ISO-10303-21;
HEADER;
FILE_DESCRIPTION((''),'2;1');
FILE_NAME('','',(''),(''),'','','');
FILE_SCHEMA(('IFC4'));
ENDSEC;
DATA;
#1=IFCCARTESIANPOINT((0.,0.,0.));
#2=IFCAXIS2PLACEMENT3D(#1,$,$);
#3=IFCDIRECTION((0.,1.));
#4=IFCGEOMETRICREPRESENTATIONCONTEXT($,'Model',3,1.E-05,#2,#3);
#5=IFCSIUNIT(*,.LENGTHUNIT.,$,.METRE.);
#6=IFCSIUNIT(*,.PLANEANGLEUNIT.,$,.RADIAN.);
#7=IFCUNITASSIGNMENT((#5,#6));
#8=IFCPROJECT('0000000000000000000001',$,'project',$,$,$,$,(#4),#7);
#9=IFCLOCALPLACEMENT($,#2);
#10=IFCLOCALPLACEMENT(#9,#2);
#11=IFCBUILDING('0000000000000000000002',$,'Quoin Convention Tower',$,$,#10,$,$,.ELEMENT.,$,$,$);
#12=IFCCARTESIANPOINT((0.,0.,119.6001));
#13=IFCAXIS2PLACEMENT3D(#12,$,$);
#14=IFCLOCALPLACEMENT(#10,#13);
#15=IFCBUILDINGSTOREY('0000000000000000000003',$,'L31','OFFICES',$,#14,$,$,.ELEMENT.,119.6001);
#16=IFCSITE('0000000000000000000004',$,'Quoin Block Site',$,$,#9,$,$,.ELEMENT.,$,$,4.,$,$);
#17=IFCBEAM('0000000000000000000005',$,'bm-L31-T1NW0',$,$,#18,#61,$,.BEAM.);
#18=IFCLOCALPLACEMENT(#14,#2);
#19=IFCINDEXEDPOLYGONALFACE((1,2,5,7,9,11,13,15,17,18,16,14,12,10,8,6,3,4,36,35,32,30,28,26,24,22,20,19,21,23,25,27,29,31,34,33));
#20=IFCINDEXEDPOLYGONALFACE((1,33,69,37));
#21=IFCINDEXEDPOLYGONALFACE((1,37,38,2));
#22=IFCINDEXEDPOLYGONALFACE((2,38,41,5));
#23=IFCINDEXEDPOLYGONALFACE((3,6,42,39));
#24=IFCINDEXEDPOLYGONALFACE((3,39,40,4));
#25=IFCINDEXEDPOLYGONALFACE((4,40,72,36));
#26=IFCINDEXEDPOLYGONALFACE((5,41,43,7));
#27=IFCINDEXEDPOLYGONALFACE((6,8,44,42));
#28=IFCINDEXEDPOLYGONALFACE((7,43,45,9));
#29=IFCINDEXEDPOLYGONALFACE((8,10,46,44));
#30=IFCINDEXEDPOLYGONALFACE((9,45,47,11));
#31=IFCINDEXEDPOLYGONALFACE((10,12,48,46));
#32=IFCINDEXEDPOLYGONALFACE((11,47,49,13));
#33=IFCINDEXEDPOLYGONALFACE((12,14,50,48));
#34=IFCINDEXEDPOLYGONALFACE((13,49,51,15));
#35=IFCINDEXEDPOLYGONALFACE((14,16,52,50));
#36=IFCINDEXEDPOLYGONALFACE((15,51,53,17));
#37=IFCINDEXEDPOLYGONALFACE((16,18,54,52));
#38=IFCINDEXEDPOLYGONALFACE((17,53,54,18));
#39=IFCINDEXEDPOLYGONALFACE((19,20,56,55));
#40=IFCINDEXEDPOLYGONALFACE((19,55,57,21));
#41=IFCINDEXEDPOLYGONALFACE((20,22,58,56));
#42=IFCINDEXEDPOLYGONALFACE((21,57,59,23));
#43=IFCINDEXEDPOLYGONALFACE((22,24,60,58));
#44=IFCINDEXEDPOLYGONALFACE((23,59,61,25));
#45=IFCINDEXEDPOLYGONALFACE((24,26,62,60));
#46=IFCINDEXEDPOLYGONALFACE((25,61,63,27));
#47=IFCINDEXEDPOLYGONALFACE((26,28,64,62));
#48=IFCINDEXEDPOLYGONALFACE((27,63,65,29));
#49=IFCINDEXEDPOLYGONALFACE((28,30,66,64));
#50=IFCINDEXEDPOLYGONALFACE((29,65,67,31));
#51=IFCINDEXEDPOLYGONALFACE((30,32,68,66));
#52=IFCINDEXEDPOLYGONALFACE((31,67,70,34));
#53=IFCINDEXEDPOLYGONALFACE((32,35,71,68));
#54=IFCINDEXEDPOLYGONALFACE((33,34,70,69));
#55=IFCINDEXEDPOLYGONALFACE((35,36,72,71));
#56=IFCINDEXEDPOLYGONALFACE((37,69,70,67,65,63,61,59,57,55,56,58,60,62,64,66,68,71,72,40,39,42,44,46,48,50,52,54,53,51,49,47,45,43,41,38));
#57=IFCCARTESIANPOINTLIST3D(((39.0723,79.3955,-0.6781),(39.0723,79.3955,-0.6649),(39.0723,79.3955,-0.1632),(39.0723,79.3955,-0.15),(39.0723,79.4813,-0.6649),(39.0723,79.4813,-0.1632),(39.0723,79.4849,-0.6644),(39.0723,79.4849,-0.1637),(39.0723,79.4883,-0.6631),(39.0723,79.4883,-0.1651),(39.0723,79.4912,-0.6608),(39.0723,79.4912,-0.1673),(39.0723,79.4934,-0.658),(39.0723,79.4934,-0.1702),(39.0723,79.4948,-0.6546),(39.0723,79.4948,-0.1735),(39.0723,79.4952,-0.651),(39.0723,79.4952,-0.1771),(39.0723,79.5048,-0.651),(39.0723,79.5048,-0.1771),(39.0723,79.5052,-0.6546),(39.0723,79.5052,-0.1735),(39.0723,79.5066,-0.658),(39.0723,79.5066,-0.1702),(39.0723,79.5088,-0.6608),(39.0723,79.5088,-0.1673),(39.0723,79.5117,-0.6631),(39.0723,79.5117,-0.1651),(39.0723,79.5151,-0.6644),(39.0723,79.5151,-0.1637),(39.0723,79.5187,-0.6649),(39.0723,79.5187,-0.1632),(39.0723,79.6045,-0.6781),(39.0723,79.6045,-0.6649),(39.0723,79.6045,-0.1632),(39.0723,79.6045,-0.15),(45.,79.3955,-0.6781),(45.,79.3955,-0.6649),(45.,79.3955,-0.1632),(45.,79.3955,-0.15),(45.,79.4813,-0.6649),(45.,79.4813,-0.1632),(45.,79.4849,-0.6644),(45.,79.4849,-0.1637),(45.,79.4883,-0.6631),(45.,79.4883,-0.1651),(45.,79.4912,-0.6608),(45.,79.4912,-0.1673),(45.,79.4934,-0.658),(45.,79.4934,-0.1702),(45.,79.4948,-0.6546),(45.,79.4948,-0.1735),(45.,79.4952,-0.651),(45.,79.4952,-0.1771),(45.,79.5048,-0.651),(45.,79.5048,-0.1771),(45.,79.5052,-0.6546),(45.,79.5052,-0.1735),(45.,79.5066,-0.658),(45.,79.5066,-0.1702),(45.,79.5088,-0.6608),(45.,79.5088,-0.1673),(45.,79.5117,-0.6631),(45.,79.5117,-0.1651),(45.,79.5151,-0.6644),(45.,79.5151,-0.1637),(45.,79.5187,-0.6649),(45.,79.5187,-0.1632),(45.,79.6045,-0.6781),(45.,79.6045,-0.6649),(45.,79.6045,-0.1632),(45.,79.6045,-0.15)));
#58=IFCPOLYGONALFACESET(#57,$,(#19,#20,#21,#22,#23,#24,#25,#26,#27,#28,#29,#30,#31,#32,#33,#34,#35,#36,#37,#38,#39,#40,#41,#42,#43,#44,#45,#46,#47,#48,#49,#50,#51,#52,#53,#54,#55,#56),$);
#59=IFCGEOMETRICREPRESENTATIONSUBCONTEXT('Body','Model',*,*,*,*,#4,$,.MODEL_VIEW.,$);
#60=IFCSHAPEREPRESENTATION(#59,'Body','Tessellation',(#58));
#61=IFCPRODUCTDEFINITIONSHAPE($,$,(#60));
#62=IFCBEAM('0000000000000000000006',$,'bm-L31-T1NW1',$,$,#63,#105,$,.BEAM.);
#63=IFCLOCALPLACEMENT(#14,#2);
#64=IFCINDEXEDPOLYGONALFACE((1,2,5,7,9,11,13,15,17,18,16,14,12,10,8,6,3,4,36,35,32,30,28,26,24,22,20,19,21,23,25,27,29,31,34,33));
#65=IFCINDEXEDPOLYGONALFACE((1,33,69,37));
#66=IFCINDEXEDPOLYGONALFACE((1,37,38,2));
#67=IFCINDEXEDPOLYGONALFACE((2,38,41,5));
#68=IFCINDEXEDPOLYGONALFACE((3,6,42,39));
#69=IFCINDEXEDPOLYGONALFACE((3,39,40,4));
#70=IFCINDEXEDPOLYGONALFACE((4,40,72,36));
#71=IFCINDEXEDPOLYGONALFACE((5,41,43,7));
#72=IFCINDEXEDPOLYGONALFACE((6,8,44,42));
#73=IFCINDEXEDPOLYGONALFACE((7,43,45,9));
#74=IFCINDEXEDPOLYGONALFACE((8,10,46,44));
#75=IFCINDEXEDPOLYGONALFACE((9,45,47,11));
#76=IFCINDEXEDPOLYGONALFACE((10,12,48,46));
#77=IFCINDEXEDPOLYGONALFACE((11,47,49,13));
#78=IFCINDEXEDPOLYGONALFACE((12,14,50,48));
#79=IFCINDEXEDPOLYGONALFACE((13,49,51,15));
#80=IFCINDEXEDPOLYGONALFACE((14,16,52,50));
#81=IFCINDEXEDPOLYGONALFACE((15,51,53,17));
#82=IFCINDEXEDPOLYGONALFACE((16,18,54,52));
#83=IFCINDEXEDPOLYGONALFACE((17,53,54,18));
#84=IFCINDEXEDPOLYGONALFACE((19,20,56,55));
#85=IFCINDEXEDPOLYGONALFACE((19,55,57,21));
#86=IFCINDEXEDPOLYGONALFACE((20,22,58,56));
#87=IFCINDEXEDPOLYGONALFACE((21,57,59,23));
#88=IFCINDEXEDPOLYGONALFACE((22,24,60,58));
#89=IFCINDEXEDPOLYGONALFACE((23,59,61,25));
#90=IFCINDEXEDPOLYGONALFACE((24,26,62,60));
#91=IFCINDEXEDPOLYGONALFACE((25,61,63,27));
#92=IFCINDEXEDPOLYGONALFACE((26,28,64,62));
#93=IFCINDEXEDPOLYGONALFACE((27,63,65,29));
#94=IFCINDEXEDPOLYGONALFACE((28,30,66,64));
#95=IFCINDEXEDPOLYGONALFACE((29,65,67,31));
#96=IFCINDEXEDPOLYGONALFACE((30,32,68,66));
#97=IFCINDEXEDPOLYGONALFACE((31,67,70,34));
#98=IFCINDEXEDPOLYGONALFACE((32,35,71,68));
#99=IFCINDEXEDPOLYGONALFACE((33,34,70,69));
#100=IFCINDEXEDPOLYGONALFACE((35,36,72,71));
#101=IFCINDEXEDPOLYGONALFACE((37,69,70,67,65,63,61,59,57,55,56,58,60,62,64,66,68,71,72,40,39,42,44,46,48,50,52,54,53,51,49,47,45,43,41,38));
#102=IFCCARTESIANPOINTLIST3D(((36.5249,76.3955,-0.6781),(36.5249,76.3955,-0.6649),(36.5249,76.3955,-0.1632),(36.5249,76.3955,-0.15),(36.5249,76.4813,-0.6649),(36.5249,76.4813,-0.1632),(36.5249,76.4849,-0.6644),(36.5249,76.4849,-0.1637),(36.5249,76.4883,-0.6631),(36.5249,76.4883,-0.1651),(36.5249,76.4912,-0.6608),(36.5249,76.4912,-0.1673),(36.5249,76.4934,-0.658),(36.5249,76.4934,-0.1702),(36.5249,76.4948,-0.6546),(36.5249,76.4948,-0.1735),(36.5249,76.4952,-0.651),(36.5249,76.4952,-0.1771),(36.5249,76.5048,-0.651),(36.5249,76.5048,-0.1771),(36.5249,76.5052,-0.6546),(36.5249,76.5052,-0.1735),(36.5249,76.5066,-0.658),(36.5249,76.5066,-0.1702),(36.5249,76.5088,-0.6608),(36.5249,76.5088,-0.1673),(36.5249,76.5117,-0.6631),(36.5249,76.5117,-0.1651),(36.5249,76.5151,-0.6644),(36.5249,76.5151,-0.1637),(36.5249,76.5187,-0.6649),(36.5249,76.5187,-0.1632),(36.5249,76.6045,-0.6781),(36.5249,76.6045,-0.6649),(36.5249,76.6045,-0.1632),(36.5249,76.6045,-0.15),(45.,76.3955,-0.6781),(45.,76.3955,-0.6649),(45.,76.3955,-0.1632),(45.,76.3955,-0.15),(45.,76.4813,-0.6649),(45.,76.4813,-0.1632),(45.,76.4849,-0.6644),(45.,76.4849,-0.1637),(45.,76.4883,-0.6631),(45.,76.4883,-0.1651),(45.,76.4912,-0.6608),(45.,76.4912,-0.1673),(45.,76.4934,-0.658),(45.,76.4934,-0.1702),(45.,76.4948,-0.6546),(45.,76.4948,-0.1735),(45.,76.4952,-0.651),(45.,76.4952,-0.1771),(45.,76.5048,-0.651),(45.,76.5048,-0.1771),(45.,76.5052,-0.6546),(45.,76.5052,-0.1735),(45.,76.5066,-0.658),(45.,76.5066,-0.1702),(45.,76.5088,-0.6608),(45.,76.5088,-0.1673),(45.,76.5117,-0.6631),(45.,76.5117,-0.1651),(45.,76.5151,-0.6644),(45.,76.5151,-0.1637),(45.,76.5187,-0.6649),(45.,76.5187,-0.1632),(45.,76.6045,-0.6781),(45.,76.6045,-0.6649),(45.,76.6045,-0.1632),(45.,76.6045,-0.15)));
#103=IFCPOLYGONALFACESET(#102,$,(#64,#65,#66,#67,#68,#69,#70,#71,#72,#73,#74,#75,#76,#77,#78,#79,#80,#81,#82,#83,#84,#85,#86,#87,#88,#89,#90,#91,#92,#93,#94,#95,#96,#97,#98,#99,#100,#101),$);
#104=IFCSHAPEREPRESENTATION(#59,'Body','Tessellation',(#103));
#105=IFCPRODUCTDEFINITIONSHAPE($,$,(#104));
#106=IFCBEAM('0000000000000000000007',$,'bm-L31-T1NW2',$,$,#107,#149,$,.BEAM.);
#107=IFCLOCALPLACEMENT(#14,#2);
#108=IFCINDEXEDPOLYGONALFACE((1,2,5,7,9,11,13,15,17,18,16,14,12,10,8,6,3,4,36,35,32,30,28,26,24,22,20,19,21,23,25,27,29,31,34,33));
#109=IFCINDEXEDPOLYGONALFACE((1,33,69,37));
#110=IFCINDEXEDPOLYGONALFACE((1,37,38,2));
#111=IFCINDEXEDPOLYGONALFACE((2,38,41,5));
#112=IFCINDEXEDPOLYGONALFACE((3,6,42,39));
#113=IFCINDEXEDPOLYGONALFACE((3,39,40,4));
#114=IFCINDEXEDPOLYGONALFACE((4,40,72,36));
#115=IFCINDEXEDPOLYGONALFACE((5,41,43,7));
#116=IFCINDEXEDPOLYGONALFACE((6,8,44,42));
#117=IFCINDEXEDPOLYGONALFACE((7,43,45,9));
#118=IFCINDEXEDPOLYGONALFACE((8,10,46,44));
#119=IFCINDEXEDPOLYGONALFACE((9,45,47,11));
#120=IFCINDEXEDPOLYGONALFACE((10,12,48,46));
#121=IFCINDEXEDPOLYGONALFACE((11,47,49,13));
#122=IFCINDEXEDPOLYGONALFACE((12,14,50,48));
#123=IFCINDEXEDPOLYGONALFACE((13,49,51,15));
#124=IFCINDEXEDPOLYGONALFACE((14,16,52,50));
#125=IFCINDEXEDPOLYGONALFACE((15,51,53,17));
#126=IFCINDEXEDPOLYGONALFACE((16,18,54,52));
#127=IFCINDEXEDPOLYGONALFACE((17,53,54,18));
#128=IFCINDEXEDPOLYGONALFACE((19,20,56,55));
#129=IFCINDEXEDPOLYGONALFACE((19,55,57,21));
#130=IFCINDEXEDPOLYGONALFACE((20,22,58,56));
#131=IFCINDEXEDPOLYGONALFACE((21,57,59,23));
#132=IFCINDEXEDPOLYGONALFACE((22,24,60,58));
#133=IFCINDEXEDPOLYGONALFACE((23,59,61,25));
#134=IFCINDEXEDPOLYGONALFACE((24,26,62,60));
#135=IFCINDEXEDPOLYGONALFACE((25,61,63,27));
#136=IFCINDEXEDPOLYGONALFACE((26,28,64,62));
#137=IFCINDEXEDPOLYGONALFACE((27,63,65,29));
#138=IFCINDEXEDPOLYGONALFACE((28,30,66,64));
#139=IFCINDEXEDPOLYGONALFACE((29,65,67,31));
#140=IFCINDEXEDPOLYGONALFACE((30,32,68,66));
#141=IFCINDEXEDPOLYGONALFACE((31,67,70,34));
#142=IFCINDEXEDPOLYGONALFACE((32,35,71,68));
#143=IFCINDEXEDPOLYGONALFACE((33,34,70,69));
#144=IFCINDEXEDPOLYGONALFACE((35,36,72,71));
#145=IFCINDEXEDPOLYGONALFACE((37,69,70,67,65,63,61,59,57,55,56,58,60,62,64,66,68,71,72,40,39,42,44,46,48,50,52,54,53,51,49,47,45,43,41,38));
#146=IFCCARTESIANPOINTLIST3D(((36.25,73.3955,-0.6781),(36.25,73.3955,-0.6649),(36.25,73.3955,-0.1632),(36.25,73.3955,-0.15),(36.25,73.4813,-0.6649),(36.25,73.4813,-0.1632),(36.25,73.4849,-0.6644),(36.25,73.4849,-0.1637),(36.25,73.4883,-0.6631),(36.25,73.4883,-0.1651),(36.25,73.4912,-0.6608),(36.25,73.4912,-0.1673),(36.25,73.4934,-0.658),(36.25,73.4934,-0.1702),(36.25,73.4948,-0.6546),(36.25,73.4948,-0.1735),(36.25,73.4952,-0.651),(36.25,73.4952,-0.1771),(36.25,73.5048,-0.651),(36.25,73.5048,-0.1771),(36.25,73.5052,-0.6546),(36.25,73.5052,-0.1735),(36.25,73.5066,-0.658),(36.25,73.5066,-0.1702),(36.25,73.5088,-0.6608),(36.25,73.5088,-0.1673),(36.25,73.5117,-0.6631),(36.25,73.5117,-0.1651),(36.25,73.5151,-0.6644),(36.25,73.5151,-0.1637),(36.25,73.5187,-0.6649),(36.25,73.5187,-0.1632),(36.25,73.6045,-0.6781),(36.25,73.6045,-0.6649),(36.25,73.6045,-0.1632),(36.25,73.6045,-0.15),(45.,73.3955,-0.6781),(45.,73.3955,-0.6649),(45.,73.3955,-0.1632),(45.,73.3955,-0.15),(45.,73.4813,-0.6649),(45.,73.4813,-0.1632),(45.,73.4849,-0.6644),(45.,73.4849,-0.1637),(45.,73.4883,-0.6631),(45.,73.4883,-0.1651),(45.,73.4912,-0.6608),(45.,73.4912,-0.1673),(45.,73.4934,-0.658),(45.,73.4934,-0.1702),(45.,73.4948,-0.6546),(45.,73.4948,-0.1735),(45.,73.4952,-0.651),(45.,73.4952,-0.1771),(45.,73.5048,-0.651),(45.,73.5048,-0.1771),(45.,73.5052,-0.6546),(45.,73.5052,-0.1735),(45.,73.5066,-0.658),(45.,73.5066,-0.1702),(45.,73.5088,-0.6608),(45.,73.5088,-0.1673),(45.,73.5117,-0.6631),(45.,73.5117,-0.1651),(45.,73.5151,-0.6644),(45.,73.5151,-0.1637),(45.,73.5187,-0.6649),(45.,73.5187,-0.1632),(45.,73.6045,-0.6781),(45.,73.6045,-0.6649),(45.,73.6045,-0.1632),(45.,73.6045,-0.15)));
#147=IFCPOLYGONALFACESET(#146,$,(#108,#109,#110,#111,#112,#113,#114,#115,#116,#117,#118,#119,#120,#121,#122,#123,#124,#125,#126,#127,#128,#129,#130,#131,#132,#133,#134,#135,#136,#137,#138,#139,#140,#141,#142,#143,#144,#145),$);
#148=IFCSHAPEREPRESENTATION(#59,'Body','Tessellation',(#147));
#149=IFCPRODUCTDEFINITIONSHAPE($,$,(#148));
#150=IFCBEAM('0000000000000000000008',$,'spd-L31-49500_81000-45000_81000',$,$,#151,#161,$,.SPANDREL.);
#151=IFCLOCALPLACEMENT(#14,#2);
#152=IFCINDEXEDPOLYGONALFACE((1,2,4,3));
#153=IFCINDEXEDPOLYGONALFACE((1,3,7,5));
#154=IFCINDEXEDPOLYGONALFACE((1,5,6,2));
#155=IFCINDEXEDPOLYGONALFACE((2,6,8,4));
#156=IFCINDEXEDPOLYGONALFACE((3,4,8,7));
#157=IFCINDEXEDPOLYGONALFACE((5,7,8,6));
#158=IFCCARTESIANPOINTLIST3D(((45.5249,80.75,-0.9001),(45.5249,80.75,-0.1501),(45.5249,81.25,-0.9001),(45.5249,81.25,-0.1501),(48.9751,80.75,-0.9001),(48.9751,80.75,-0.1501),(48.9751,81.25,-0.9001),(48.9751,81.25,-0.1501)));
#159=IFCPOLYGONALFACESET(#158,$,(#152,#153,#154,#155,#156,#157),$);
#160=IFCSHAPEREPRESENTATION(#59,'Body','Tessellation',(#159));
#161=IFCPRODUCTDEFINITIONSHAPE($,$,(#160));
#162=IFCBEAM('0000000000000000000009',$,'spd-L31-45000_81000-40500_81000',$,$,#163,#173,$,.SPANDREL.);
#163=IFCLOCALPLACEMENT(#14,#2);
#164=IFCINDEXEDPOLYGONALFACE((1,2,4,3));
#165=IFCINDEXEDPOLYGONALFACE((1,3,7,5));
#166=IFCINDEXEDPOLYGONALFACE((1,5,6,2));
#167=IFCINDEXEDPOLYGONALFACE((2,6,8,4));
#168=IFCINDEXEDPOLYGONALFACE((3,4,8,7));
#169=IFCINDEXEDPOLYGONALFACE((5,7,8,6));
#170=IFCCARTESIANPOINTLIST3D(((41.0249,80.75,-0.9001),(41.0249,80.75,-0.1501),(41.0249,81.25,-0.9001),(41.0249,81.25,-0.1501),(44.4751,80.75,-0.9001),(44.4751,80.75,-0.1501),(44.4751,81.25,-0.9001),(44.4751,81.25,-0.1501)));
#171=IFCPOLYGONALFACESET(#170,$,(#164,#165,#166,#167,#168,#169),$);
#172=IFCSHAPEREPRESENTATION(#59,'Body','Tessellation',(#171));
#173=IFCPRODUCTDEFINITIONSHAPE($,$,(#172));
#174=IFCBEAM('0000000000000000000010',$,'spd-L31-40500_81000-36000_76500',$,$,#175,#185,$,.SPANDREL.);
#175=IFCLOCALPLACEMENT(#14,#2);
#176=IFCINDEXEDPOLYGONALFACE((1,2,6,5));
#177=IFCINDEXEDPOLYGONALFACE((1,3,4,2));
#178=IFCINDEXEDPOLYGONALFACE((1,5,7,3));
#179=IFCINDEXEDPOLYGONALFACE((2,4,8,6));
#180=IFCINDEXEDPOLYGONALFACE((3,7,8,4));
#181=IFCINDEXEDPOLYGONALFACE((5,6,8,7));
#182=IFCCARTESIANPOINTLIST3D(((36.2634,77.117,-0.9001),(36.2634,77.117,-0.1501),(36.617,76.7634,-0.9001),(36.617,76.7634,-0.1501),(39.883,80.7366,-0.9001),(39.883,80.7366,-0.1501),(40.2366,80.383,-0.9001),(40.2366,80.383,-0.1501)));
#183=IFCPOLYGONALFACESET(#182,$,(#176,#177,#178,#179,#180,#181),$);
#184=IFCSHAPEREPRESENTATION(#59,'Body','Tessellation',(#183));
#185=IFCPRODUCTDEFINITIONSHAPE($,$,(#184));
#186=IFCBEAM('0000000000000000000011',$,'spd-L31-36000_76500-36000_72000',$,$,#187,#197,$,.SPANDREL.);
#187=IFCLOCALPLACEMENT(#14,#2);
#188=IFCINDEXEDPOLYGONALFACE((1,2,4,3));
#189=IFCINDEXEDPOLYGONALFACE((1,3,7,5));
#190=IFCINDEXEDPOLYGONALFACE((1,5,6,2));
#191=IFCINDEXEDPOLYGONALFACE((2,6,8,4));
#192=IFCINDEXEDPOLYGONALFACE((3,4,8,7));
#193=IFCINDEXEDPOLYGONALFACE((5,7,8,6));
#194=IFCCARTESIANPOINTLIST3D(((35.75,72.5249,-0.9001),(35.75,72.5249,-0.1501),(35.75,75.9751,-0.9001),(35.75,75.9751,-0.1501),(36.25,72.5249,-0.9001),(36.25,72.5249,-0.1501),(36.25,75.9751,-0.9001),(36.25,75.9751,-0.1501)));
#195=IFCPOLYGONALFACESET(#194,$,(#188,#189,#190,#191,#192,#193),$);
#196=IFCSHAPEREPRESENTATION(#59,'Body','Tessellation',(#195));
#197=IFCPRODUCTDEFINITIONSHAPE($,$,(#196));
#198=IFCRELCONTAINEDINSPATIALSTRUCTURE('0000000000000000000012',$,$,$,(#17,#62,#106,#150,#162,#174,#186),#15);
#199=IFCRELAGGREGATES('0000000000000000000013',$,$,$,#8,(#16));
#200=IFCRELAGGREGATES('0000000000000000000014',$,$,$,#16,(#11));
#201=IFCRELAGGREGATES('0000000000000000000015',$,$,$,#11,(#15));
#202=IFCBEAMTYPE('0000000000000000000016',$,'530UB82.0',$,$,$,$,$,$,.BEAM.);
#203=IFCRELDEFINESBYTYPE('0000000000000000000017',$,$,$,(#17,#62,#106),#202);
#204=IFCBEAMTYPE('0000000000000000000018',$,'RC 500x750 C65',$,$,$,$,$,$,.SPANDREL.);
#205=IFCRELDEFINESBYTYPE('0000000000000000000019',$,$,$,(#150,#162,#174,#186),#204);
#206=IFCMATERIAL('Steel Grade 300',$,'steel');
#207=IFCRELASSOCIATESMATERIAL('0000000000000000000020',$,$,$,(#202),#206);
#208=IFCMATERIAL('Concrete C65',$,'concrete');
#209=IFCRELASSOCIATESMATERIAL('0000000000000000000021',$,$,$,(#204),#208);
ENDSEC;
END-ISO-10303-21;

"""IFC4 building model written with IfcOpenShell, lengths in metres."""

from ifc_helpers import new_model, si_unit, direction, frame, origin, origin_2d, place, context, subcontext, project, spatial, rectangle, i_section, extrude, material, material_profile, profile_set, type_object, element, save


model = new_model("IFC4")

# Units and contexts
model_context = context("Model", 3, precision=1e-05, world=origin(), true_north=direction((0.0, 1.0)))
body_context = subcontext(model_context, "Body", "Model", "MODEL_VIEW")
ifc_project = project(units=[si_unit("LENGTHUNIT", "METRE"), si_unit("PLANEANGLEUNIT", "RADIAN")], contexts=[model_context])

# Site, building, storey
site_placement = place(None, origin())
site = spatial("IfcSite", under=ifc_project, at=site_placement, Name="Quoin Block Site", CompositionType="ELEMENT", RefElevation=4.0)
building_placement = place(site_placement, origin())
building = spatial("IfcBuilding", under=site, at=building_placement, Name="Quoin Convention Tower", CompositionType="ELEMENT")
storey_placement = place(building_placement, frame((0.0, 0.0, 119.6001)))
storey = spatial("IfcBuildingStorey", under=building, at=storey_placement, Name="L31", Description="OFFICES", CompositionType="ELEMENT", Elevation=119.6001)

# Shared definitions
ifc_material_1 = material(Name="Concrete C65", Category="concrete")

# Beams
ifc_material_2 = material(Name="Steel Grade 300", Category="steel")
ifc_material_profile_1 = material_profile(ifc_material_2, i_section(OverallWidth=0.209, OverallDepth=0.5281, WebThickness=0.0095, FlangeThickness=0.0132, FilletRadius=0.0139, at=origin_2d()), Name="530UB82.0")
ifc_profile_set_1 = profile_set([ifc_material_profile_1], Name="Steel Grade 300")
beam_type_1 = type_object("IfcBeamType", Name="530UB82.0", PredefinedType="BEAM", material=ifc_profile_set_1)
beam_1_placement = place(storey_placement, frame((39.0723, 79.5, -0.4141), z_axis=(1.0, 0.0, 0.0), x_axis=(0.0, 1.0, 0.0)))
element("IfcBeam", 1, at=beam_1_placement, inside=storey, type_object=beam_type_1, Name="bm-L31-T1NW0", PredefinedType="BEAM", context=body_context, shape_type="SweptSolid", body=[
    extrude(i_section(OverallWidth=0.209, OverallDepth=0.5281, WebThickness=0.0095, FlangeThickness=0.0132, FilletRadius=0.0139, at=origin_2d()), origin(), (0.0, 0.0, 1.0), 5.9277),
])
beam_2_placement = place(storey_placement, frame((36.5249, 76.5, -0.4141), z_axis=(1.0, 0.0, 0.0), x_axis=(0.0, 1.0, 0.0)))
element("IfcBeam", 2, at=beam_2_placement, inside=storey, type_object=beam_type_1, Name="bm-L31-T1NW1", PredefinedType="BEAM", context=body_context, shape_type="SweptSolid", body=[
    extrude(i_section(OverallWidth=0.209, OverallDepth=0.5281, WebThickness=0.0095, FlangeThickness=0.0132, FilletRadius=0.0139, at=origin_2d()), origin(), (0.0, 0.0, 1.0), 8.4751),
])
beam_3_placement = place(storey_placement, frame((36.25, 73.5, -0.4141), z_axis=(1.0, 0.0, 0.0), x_axis=(0.0, 1.0, 0.0)))
element("IfcBeam", 3, at=beam_3_placement, inside=storey, type_object=beam_type_1, Name="bm-L31-T1NW2", PredefinedType="BEAM", context=body_context, shape_type="SweptSolid", body=[
    extrude(i_section(OverallWidth=0.209, OverallDepth=0.5281, WebThickness=0.0095, FlangeThickness=0.0132, FilletRadius=0.0139, at=origin_2d()), origin(), (0.0, 0.0, 1.0), 8.75),
])
ifc_material_profile_2 = material_profile(ifc_material_1, rectangle(XDim=0.5, YDim=0.75, at=origin_2d()), Name="RC 500x750")
ifc_profile_set_2 = profile_set([ifc_material_profile_2], Name="Concrete C65")
beam_type_2 = type_object("IfcBeamType", Name="RC 500x750 C65", PredefinedType="SPANDREL", material=ifc_profile_set_2)
for number, where, z_axis, x_axis, name in (
    (4, (48.9751, 81.0, -0.5251), (-1.0, 0.0, 0.0), (0.0, -1.0, 0.0), "spd-L31-49500_81000-45000_81000"),
    (5, (44.4751, 81.0, -0.5251), (-1.0, 0.0, 0.0), (0.0, -1.0, 0.0), "spd-L31-45000_81000-40500_81000"),
):
    element("IfcBeam", number, at=place(storey_placement, frame(where, z_axis=z_axis, x_axis=x_axis)), inside=storey, type_object=beam_type_2, Name=name, PredefinedType="SPANDREL", context=body_context, shape_type="SweptSolid", body=[
        extrude(rectangle(XDim=0.5, YDim=0.75, at=origin_2d()), origin(), (0.0, 0.0, 1.0), 3.4502),
    ])
beam_4_placement = place(storey_placement, frame((40.0598, 80.5598, -0.5251), z_axis=(-0.707107, -0.707107, 0.0), x_axis=(0.707107, -0.707107, 0.0)))
element("IfcBeam", 6, at=beam_4_placement, inside=storey, type_object=beam_type_2, Name="spd-L31-40500_81000-36000_76500", PredefinedType="SPANDREL", context=body_context, shape_type="SweptSolid", body=[
    extrude(rectangle(XDim=0.5, YDim=0.75, at=origin_2d()), origin(), (0.0, 0.0, 1.0), 5.1189),
])
for number, where, z_axis, x_axis, name in (
    (7, (36.0, 75.9751, -0.5251), (0.0, -1.0, 0.0), (1.0, 0.0, 0.0), "spd-L31-36000_76500-36000_72000"),
):
    element("IfcBeam", number, at=place(storey_placement, frame(where, z_axis=z_axis, x_axis=x_axis)), inside=storey, type_object=beam_type_2, Name=name, PredefinedType="SPANDREL", context=body_context, shape_type="SweptSolid", body=[
        extrude(rectangle(XDim=0.5, YDim=0.75, at=origin_2d()), origin(), (0.0, 0.0, 1.0), 3.4502),
    ])

save(model, "model.ifc")
